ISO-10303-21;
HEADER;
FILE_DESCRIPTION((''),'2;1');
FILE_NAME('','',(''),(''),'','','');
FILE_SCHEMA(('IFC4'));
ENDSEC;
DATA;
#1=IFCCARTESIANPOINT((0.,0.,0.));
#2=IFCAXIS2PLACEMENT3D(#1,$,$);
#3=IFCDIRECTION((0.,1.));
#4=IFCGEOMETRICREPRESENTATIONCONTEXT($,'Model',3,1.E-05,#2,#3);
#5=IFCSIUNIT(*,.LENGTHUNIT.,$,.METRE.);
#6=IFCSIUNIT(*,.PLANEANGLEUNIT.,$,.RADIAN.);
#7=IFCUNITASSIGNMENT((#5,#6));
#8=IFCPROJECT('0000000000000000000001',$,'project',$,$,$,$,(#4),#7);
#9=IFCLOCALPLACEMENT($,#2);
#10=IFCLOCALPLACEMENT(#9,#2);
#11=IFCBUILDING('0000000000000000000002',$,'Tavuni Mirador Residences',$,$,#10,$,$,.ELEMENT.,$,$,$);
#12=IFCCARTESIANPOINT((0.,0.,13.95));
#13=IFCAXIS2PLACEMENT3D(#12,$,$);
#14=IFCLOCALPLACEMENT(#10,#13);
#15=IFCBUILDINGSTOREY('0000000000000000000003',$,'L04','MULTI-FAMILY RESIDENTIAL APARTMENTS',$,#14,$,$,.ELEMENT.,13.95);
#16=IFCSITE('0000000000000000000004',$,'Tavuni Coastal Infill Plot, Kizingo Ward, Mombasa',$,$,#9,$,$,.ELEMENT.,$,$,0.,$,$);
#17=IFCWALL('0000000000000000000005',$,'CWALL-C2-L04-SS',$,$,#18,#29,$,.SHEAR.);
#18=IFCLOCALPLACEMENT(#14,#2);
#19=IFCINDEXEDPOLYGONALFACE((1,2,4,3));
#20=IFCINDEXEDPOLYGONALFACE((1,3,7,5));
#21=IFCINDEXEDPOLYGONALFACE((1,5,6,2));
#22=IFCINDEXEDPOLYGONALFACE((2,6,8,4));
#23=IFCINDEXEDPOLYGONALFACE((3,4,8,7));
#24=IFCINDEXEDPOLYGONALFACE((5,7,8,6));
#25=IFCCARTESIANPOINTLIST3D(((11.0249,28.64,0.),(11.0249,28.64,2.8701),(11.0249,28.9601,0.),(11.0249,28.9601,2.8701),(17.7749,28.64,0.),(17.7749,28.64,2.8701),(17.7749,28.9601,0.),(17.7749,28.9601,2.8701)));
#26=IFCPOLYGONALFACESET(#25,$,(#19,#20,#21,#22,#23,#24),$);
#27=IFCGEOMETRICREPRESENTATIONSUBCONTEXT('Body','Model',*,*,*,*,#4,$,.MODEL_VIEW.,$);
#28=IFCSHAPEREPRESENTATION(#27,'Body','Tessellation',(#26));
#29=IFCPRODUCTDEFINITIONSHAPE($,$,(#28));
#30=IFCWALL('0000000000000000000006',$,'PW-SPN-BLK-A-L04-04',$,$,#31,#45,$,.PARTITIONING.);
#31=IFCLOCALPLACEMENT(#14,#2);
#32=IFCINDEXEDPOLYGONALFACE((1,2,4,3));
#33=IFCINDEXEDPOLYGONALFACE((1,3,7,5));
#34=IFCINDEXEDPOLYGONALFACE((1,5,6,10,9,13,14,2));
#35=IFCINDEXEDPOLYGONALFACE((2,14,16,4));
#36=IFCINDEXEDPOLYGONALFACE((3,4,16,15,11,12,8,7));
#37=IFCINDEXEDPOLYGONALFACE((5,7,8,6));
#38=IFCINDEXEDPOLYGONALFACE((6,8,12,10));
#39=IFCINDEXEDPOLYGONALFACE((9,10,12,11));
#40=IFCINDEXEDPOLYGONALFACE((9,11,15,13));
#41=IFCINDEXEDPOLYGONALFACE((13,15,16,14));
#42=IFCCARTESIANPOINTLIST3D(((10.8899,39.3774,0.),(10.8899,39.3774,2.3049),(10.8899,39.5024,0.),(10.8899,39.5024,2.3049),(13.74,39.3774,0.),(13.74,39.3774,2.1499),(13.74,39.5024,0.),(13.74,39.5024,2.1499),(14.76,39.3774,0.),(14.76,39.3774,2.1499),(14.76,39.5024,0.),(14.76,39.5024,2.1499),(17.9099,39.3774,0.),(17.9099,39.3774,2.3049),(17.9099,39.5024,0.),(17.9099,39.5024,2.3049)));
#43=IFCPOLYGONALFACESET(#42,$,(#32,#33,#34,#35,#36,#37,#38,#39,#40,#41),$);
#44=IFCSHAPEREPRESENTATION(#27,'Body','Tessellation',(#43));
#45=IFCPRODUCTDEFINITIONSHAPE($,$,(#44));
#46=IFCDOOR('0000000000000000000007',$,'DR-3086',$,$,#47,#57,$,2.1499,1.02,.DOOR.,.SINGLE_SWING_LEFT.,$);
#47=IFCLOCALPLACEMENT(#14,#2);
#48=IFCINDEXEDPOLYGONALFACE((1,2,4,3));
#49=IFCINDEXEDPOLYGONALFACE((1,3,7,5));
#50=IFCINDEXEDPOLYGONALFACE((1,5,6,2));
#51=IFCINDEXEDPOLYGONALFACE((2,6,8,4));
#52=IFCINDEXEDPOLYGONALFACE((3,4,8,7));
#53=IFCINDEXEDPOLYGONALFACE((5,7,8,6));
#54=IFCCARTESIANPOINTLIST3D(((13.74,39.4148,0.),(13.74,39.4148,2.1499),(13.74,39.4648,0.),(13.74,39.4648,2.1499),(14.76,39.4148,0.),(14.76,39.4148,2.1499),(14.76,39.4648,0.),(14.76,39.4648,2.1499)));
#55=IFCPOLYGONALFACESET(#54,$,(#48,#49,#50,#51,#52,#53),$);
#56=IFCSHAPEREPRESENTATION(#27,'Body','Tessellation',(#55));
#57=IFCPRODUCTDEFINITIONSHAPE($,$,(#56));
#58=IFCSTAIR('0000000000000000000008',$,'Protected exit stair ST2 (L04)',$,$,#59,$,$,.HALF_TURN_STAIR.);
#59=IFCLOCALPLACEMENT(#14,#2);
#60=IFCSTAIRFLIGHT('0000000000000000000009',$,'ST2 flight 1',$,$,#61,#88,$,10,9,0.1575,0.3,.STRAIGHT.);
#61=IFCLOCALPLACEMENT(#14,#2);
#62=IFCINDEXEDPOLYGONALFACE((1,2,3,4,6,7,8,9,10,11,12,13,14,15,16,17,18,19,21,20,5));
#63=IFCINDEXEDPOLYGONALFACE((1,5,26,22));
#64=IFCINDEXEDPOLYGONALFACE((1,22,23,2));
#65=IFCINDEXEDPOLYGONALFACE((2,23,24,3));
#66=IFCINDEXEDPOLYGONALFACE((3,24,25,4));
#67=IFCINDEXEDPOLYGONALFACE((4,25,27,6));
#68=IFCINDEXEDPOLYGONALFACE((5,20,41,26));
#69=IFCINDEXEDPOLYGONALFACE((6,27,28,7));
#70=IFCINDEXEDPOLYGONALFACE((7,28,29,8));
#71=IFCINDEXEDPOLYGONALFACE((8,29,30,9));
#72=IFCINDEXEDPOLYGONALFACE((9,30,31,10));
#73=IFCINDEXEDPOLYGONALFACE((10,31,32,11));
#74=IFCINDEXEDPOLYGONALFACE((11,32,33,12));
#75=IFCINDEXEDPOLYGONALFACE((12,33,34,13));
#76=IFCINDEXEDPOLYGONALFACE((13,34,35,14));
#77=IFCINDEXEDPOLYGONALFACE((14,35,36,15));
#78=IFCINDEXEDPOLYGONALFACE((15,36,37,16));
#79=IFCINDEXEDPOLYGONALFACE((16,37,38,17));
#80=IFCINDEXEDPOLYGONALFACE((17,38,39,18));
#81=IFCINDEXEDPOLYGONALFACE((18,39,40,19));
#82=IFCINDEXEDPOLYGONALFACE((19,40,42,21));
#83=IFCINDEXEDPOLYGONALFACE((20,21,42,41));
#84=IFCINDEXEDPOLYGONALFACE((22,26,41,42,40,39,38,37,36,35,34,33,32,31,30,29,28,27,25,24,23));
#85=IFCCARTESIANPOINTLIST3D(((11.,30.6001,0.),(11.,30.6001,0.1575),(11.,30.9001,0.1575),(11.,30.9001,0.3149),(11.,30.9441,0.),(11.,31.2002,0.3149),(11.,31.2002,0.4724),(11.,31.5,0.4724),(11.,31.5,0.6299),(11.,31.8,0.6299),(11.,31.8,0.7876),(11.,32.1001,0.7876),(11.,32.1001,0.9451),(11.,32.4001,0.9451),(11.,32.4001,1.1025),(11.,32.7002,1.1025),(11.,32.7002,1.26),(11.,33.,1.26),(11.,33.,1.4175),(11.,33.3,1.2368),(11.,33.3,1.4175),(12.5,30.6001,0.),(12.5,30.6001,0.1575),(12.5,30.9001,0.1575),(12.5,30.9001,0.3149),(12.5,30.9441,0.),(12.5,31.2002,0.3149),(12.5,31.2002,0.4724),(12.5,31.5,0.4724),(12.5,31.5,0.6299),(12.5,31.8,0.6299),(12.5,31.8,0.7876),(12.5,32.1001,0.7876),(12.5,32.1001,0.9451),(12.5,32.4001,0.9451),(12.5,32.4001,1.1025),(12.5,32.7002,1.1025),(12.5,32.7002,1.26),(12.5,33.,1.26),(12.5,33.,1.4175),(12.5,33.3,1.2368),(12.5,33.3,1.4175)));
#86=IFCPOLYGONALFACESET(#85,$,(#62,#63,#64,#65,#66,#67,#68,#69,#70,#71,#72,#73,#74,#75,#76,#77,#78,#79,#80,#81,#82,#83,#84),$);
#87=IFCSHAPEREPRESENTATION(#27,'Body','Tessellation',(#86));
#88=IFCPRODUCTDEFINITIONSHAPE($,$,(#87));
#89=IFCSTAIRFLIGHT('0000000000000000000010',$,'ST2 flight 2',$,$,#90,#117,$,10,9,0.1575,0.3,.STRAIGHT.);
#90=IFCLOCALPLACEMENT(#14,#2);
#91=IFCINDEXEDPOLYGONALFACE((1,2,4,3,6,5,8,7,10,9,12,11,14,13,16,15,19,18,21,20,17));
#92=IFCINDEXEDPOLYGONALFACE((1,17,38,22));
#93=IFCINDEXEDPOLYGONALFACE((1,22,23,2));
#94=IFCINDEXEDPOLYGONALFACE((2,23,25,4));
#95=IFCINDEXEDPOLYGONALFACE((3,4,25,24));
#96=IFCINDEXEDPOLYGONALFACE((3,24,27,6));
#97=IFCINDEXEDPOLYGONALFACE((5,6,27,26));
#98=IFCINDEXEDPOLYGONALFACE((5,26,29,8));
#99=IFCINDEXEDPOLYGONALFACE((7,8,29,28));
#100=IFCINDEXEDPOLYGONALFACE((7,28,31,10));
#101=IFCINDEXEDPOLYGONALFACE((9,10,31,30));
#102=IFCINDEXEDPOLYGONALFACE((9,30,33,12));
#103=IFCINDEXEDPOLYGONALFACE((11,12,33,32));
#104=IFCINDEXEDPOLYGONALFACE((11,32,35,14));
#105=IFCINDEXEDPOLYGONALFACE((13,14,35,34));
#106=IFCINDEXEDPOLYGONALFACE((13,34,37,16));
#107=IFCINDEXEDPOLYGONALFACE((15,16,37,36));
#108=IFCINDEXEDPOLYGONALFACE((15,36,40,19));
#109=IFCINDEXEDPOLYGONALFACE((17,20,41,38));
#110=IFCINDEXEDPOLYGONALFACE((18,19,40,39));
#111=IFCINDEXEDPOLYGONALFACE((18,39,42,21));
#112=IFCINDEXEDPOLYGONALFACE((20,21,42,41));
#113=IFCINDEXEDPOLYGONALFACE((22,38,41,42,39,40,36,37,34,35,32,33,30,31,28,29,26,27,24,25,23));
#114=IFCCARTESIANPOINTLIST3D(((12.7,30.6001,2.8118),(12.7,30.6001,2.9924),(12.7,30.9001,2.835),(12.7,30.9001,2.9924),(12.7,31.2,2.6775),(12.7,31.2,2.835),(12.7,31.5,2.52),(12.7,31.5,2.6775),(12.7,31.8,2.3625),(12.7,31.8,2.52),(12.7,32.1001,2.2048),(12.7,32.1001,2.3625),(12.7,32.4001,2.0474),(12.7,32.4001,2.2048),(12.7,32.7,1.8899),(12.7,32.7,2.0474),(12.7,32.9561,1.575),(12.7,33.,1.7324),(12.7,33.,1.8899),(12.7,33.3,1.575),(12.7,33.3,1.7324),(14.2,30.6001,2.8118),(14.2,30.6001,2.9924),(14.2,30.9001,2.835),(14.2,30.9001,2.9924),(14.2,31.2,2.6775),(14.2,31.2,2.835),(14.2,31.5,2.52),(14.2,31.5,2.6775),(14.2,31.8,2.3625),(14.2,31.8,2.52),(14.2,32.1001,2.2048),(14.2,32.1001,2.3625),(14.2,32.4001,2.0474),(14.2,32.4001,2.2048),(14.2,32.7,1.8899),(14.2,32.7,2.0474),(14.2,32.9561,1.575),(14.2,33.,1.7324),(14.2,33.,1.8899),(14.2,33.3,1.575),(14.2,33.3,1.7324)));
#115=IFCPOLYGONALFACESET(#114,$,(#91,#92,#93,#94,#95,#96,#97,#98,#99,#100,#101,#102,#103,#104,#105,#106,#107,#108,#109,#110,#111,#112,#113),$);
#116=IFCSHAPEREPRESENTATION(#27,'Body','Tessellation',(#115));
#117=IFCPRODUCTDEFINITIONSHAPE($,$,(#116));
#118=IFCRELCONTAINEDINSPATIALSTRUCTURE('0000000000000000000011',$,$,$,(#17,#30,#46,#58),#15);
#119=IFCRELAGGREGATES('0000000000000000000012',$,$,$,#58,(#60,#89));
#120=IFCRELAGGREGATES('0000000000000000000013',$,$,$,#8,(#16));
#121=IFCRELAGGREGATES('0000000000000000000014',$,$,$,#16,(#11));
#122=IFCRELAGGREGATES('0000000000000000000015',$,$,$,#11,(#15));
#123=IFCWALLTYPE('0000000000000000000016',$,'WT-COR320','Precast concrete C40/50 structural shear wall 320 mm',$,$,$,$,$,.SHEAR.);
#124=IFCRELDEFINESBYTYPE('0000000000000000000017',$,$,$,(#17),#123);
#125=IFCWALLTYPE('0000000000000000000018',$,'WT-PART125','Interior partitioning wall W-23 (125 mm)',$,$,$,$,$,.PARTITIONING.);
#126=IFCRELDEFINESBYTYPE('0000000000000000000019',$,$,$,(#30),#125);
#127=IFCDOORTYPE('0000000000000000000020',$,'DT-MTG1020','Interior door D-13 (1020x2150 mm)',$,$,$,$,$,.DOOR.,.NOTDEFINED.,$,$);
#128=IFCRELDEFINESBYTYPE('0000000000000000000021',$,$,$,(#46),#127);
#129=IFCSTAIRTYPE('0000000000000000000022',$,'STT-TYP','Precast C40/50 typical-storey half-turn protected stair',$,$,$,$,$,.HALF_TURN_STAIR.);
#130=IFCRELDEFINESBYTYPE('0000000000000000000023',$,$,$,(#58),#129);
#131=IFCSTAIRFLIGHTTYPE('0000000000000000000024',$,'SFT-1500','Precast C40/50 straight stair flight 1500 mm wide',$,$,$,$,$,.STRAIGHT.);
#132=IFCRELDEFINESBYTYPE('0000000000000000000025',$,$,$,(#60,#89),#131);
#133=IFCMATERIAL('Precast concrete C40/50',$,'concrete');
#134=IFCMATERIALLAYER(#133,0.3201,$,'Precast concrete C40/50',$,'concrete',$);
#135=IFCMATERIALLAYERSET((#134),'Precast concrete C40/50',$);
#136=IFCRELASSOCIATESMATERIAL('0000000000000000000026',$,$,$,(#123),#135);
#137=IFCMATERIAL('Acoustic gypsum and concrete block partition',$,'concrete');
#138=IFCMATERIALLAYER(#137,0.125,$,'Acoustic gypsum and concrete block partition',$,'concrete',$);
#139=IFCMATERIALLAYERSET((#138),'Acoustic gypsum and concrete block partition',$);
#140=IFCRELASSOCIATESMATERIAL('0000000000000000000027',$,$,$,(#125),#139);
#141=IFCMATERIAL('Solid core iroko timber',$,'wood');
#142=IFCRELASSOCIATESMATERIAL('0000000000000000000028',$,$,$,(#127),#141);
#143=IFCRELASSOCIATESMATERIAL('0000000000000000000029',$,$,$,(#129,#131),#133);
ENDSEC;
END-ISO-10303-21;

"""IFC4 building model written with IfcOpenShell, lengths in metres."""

from ifc_helpers import new_model, si_unit, direction, frame, frame_2d, origin, place, context, subcontext, project, spatial, polyline, rectangle, outline, extrude, material, layer, layer_set, type_object, element, fill, aggregate, save


model = new_model("IFC4")

# Units and contexts
model_context = context("Model", 3, precision=1e-05, world=origin(), true_north=direction((0.0, 1.0)))
body_context = subcontext(model_context, "Body", "Model", "MODEL_VIEW")
ifc_project = project(units=[si_unit("LENGTHUNIT", "METRE"), si_unit("PLANEANGLEUNIT", "RADIAN")], contexts=[model_context])

# Site, building, storey
site_placement = place(None, origin())
site = spatial("IfcSite", under=ifc_project, at=site_placement, Name="Tavuni Coastal Infill Plot, Kizingo Ward, Mombasa", CompositionType="ELEMENT", RefElevation=0.0)
building_placement = place(site_placement, origin())
building = spatial("IfcBuilding", under=site, at=building_placement, Name="Tavuni Mirador Residences", CompositionType="ELEMENT")
storey_placement = place(building_placement, frame((0.0, 0.0, 13.95)))
storey = spatial("IfcBuildingStorey", under=building, at=storey_placement, Name="L04", Description="MULTI-FAMILY RESIDENTIAL APARTMENTS", CompositionType="ELEMENT", Elevation=13.95)

# Shared definitions
ifc_material_1 = material(Name="Precast concrete C40/50", Category="concrete")

# Shared definitions
ifc_material_2 = material(Name="Solid core iroko timber", Category="wood")

# Shared definitions
ifc_layer_1 = layer(ifc_material_1, 0.3201, Name="Precast concrete C40/50", Category="concrete")
ifc_layer_set_1 = layer_set([ifc_layer_1], Name="Precast concrete C40/50")
wall_type_1 = type_object("IfcWallType", Name="WT-COR320", Description="Precast concrete C40/50 structural shear wall 320 mm", PredefinedType="SHEAR", material=ifc_layer_set_1)

# Wall
wall_1_placement = place(storey_placement, frame((11.0249, 28.8, 0.0), z_axis=(0.0, 0.0, 1.0), x_axis=(1.0, 0.0, 0.0)))
element("IfcWall", 1, at=wall_1_placement, inside=storey, type_object=wall_type_1, Name="CWALL-C2-L04-SS", PredefinedType="SHEAR", context=body_context, shape_type="SweptSolid", body=[
    extrude(rectangle(XDim=6.75, YDim=0.3201, at=frame_2d((3.375, 0.0))), origin(), (0.0, 0.0, 1.0), 2.8701),
])

# Wall, opening, door
ifc_material_3 = material(Name="Acoustic gypsum and concrete block partition", Category="concrete")
ifc_layer_2 = layer(ifc_material_3, 0.125, Name="Acoustic gypsum and concrete block partition", Category="concrete")
ifc_layer_set_2 = layer_set([ifc_layer_2], Name="Acoustic gypsum and concrete block partition")
wall_type_2 = type_object("IfcWallType", Name="WT-PART125", Description="Interior partitioning wall W-23 (125 mm)", PredefinedType="PARTITIONING", material=ifc_layer_set_2)
wall_2_placement = place(storey_placement, frame((10.8899, 39.4399, 0.0), z_axis=(0.0, 0.0, 1.0), x_axis=(1.0, 0.0, 0.0)))
wall_2 = element("IfcWall", 2, at=wall_2_placement, inside=storey, type_object=wall_type_2, Name="PW-SPN-BLK-A-L04-04", PredefinedType="PARTITIONING", context=body_context, shape_type="SweptSolid", body=[
    extrude(rectangle(XDim=7.02, YDim=0.125, at=frame_2d((3.51, 0.0))), origin(), (0.0, 0.0, 1.0), 2.3049),
])
opening_1_placement = place(wall_2_placement, frame((2.8501, 0.0, 0.0)))
opening_1 = element("IfcOpeningElement", 3, at=opening_1_placement, cuts=wall_2, PredefinedType="OPENING", context=body_context, shape_type="SweptSolid", body=[
    extrude(rectangle(XDim=1.02, YDim=2.1499, at=frame_2d((0.51, 1.075))), frame((0.0, 0.0725, 0.0), z_axis=(0.0, -1.0, 0.0), x_axis=(1.0, 0.0, 0.0)), (0.0, 0.0, 1.0), 0.145),
])
door_type_1 = type_object("IfcDoorType", Name="DT-MTG1020", Description="Interior door D-13 (1020x2150 mm)", OperationType="NOTDEFINED", PredefinedType="DOOR", material=ifc_material_2)
door_1_placement = place(opening_1_placement, origin())
door_1 = element("IfcDoor", 4, at=door_1_placement, inside=storey, type_object=door_type_1, Name="DR-3086", OperationType="SINGLE_SWING_LEFT", OverallHeight=2.1499, OverallWidth=1.02, PredefinedType="DOOR", context=body_context, shape_type="SweptSolid", body=[
    extrude(rectangle(XDim=1.02, YDim=2.1499, at=frame_2d((0.51, 1.075))), frame((0.0, 0.0249, 0.0), z_axis=(0.0, -1.0, 0.0), x_axis=(1.0, 0.0, 0.0)), (0.0, 0.0, 1.0), 0.05),
])
fill(opening_1, door_1)

# Stair, stair flights
stair_type = type_object("IfcStairType", Name="STT-TYP", Description="Precast C40/50 typical-storey half-turn protected stair", PredefinedType="HALF_TURN_STAIR", material=ifc_material_1)
stair_placement = place(storey_placement, origin())
stair = element("IfcStair", 5, at=stair_placement, inside=storey, type_object=stair_type, Name="Protected exit stair ST2 (L04)", PredefinedType="HALF_TURN_STAIR")
stair_flight_type = type_object("IfcStairFlightType", Name="SFT-1500", Description="Precast C40/50 straight stair flight 1500 mm wide", PredefinedType="STRAIGHT", material=ifc_material_1)
stair_flight_1_placement = place(storey_placement, frame((11.75, 30.6001, 0.0), z_axis=(0.0, 0.0, 1.0), x_axis=(0.0, 1.0, 0.0)))
stair_flight_1 = element("IfcStairFlight", 6, at=stair_flight_1_placement, type_object=stair_flight_type, Name="ST2 flight 1", NumberOfRisers=10, NumberOfTreads=9, PredefinedType="STRAIGHT", RiserHeight=0.1575, TreadLength=0.3, context=body_context, shape_type="SweptSolid", body=[
    extrude(outline(polyline([(0.0, 0.0), (0.0, 0.1575), (0.3, 0.1575), (0.3, 0.3149), (0.6001, 0.3149), (0.6001, 0.4724), (0.8999, 0.4724), (0.8999, 0.6299), (1.2, 0.6299), (1.2, 0.7876), (1.5, 0.7876), (1.5, 0.9451), (1.8, 0.9451), (1.8, 1.1025), (2.1001, 1.1025), (2.1001, 1.26), (2.3999, 1.26), (2.3999, 1.4175), (2.7, 1.4175), (2.7, 1.575), (2.7, 1.2368), (0.344, 0.0), (0.0, 0.0)])), frame((0.0, 0.75, 0.0), z_axis=(0.0, -1.0, 0.0), x_axis=(1.0, 0.0, 0.0)), (0.0, 0.0, 1.0), 1.5),
])
stair_flight_2_placement = place(storey_placement, frame((13.45, 33.3, 1.575), z_axis=(0.0, 0.0, 1.0), x_axis=(0.0, -1.0, 0.0)))
stair_flight_2 = element("IfcStairFlight", 7, at=stair_flight_2_placement, type_object=stair_flight_type, Name="ST2 flight 2", NumberOfRisers=10, NumberOfTreads=9, PredefinedType="STRAIGHT", RiserHeight=0.1575, TreadLength=0.3, context=body_context, shape_type="SweptSolid", body=[
    extrude(outline(polyline([(0.0, 0.0), (0.0, 0.1575), (0.3, 0.1575), (0.3, 0.3149), (0.6001, 0.3149), (0.6001, 0.4724), (0.8999, 0.4724), (0.8999, 0.6299), (1.2, 0.6299), (1.2, 0.7876), (1.5, 0.7876), (1.5, 0.9451), (1.8, 0.9451), (1.8, 1.1025), (2.1001, 1.1025), (2.1001, 1.26), (2.3999, 1.26), (2.3999, 1.4175), (2.7, 1.4175), (2.7, 1.575), (2.7, 1.2368), (0.344, 0.0), (0.0, 0.0)])), frame((0.0, 0.75, 0.0), z_axis=(0.0, -1.0, 0.0), x_axis=(1.0, 0.0, 0.0)), (0.0, 0.0, 1.0), 1.5),
])
aggregate(stair, [stair_flight_1, stair_flight_2])

save(model, "model.ifc")
